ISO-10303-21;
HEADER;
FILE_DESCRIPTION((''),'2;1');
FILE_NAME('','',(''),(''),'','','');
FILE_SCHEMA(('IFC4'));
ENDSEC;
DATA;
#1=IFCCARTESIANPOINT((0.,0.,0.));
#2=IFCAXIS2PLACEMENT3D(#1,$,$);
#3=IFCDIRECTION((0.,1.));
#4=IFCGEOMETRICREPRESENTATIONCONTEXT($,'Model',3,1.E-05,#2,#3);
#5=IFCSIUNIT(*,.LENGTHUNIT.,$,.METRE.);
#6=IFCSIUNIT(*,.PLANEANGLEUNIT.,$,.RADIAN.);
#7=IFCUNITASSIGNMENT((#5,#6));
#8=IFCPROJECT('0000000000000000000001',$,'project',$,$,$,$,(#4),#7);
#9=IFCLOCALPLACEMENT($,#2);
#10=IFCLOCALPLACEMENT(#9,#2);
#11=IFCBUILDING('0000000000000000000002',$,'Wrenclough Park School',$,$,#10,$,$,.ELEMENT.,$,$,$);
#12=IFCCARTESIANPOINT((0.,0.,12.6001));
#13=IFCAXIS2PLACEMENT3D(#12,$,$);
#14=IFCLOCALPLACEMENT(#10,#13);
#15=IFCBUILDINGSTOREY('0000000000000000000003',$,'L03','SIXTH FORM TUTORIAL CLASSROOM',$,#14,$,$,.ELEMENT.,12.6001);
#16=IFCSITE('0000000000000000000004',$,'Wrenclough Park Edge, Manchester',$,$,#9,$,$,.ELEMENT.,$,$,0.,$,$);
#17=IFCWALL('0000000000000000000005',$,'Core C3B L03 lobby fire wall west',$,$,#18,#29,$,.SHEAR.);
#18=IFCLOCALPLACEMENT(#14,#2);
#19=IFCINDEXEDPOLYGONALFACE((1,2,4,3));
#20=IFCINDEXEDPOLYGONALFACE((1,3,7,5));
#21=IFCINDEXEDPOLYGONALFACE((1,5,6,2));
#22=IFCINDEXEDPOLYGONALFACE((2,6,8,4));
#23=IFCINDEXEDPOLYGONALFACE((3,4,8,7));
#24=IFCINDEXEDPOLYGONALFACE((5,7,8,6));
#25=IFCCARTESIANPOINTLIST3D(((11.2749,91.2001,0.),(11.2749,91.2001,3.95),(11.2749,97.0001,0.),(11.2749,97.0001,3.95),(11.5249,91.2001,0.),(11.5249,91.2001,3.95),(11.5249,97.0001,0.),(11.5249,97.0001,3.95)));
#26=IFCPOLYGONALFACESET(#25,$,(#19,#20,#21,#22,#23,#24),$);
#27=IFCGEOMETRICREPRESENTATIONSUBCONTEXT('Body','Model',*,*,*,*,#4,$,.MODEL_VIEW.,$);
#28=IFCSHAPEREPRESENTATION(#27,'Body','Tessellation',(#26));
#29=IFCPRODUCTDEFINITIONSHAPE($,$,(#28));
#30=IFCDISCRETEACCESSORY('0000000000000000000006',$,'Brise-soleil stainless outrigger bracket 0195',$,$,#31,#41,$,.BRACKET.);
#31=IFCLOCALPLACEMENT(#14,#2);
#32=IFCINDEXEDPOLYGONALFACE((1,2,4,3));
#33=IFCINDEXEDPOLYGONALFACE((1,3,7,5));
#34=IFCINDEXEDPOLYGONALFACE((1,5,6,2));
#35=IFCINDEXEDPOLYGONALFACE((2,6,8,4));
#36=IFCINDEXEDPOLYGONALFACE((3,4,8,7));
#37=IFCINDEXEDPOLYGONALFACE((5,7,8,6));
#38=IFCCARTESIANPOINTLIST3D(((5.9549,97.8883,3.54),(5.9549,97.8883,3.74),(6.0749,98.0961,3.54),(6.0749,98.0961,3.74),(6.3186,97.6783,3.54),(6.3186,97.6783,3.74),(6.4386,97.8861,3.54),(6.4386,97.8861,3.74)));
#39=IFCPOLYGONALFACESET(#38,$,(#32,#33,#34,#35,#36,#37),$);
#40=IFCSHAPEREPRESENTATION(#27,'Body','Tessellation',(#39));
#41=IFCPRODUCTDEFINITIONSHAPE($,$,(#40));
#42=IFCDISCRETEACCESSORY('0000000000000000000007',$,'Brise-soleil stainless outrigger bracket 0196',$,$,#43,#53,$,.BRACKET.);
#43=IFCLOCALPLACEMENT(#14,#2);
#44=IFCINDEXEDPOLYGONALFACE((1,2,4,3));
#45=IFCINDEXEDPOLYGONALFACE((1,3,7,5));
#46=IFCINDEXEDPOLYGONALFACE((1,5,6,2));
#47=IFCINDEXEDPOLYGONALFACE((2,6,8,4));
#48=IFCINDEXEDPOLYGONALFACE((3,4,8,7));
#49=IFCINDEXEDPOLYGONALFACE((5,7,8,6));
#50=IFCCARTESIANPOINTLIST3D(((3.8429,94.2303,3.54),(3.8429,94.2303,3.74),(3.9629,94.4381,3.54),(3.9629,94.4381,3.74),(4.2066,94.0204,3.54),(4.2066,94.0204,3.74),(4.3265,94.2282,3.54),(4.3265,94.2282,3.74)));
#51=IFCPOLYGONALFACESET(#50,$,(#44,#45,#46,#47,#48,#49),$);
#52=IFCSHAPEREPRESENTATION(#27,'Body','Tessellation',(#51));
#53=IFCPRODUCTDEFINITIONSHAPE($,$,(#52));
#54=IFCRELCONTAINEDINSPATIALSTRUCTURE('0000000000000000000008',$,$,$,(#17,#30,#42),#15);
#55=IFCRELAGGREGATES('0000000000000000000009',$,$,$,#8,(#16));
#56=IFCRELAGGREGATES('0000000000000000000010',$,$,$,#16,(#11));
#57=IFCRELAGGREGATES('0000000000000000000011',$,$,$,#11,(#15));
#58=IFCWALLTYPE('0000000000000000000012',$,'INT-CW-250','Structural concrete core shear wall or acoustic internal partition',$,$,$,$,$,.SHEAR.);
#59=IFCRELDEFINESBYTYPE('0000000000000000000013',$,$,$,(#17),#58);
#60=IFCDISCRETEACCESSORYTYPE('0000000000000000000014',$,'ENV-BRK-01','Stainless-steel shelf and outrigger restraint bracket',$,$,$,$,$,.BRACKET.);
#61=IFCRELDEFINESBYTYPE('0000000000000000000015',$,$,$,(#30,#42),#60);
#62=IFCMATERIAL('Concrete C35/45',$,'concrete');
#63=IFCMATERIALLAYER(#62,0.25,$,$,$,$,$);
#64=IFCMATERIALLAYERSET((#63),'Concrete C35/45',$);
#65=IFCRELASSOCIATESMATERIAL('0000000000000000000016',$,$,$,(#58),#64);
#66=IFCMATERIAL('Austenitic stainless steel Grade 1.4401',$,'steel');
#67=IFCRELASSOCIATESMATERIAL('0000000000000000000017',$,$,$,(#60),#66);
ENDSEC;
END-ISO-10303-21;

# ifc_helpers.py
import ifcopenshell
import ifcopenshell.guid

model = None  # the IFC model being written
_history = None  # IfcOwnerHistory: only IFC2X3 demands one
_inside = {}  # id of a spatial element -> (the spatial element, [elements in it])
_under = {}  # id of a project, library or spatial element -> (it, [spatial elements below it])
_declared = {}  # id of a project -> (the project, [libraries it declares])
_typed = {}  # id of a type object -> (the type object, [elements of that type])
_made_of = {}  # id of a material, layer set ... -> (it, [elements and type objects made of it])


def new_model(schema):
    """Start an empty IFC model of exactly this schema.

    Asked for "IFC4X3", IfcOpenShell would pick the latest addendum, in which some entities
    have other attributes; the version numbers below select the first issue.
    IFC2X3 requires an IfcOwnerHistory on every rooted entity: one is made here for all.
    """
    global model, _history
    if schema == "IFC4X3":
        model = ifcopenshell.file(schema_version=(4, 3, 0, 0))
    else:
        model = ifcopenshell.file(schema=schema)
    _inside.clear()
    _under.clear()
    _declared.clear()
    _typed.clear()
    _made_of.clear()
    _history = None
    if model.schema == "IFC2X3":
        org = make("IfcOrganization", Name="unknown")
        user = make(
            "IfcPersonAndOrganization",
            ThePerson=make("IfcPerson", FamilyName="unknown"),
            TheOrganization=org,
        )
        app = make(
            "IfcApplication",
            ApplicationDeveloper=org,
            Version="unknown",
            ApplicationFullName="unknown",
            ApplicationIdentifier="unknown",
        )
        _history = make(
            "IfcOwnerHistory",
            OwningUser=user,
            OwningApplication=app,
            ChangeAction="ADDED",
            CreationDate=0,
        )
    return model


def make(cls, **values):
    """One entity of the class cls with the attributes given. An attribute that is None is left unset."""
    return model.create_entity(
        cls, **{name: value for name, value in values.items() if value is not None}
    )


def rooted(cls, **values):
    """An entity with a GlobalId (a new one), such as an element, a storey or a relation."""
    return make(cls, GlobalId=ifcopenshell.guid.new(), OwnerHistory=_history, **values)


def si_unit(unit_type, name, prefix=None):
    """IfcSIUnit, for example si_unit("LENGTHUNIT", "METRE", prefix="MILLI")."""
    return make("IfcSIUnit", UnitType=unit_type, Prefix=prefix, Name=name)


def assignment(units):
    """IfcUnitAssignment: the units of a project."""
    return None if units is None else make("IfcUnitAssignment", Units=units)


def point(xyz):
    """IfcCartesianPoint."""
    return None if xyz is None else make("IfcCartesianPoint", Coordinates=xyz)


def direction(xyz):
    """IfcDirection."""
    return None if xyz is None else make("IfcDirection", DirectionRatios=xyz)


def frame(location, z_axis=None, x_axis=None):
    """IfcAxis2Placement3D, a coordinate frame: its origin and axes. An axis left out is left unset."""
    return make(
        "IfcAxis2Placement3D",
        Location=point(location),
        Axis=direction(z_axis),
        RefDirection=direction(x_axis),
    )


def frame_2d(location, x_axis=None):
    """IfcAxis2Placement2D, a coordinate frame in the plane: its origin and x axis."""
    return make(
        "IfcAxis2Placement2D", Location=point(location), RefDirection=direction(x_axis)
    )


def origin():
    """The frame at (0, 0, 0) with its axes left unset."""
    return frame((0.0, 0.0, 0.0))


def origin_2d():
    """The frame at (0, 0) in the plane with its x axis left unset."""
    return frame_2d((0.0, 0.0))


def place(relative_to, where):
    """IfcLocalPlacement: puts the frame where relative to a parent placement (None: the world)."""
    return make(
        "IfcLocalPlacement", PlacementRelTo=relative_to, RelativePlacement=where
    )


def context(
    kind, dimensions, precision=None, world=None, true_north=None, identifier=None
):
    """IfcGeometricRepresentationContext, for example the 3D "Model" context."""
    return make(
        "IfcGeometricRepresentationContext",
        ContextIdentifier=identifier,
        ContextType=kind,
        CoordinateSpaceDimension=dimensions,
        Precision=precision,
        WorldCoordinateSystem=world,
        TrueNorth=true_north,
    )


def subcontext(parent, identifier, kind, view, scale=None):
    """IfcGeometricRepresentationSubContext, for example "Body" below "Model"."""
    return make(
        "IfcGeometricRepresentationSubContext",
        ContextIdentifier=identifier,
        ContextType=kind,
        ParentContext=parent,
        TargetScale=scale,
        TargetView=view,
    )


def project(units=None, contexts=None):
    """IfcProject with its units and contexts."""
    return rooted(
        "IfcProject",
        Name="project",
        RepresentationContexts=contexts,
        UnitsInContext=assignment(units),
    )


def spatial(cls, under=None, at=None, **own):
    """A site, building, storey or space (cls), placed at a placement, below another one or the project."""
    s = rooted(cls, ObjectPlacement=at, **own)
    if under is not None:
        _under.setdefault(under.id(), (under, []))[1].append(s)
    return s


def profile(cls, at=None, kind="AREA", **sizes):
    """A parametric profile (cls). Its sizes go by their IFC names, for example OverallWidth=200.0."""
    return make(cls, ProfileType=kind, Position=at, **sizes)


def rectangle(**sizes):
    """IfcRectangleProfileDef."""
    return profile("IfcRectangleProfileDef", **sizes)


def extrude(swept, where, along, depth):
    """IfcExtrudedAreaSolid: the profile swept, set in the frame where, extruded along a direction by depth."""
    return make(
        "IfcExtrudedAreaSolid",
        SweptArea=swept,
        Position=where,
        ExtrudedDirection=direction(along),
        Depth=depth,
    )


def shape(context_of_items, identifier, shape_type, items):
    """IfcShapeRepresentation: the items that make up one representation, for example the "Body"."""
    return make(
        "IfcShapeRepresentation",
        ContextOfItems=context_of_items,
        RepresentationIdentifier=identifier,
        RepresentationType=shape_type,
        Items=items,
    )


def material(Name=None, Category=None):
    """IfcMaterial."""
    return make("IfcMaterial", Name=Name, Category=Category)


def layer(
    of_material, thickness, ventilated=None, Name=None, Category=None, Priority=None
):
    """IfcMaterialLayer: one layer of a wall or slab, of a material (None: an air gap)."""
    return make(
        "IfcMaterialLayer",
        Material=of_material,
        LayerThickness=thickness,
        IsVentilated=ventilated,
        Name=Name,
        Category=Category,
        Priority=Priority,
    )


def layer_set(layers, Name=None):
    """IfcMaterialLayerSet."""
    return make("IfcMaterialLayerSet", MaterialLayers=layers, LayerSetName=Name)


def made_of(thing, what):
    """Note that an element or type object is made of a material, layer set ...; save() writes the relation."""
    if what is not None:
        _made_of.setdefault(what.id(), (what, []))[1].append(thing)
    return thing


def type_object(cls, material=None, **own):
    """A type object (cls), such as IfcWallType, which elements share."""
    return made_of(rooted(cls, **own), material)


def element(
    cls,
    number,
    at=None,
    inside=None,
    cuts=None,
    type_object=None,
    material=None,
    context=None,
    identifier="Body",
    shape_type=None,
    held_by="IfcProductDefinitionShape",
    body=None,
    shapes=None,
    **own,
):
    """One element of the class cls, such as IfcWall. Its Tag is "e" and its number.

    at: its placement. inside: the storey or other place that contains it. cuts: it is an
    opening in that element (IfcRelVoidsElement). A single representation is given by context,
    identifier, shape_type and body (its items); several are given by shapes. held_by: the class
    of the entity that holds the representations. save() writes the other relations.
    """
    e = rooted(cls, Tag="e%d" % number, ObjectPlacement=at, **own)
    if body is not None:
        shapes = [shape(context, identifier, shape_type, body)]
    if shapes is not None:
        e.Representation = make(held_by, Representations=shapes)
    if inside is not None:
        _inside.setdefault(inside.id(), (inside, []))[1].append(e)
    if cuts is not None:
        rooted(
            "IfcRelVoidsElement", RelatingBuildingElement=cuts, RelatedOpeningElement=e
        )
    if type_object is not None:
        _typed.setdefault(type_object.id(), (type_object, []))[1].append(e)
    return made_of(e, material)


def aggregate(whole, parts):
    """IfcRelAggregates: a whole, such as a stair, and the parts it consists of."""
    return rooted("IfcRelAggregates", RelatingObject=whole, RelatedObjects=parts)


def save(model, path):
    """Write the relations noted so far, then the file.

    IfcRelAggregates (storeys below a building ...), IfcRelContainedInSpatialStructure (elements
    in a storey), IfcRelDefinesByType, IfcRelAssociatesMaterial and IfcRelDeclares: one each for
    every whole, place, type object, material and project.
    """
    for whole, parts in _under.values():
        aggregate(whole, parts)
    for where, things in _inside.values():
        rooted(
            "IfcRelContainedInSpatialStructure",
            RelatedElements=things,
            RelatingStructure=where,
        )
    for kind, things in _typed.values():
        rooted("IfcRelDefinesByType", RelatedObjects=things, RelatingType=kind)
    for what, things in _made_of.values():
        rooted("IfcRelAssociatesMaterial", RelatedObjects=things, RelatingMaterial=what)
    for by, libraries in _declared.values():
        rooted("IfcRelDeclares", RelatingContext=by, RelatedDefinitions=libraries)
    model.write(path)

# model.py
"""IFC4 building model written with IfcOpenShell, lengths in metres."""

from ifc_helpers import new_model, si_unit, direction, frame, frame_2d, origin, origin_2d, place, context, subcontext, project, spatial, rectangle, extrude, material, layer, layer_set, type_object, element, save


model = new_model("IFC4")

# Units and contexts
model_context = context("Model", 3, precision=1e-05, world=origin(), true_north=direction((0.0, 1.0)))
body_context = subcontext(model_context, "Body", "Model", "MODEL_VIEW")
ifc_project = project(units=[si_unit("LENGTHUNIT", "METRE"), si_unit("PLANEANGLEUNIT", "RADIAN")], contexts=[model_context])

# Site, building, storey
site_placement = place(None, origin())
site = spatial("IfcSite", under=ifc_project, at=site_placement, Name="Wrenclough Park Edge, Manchester", CompositionType="ELEMENT", RefElevation=0.0)
building_placement = place(site_placement, origin())
building = spatial("IfcBuilding", under=site, at=building_placement, Name="Wrenclough Park School", CompositionType="ELEMENT")
storey_placement = place(building_placement, frame((0.0, 0.0, 12.6001)))
storey = spatial("IfcBuildingStorey", under=building, at=storey_placement, Name="L03", Description="SIXTH FORM TUTORIAL CLASSROOM", CompositionType="ELEMENT", Elevation=12.6001)

# Wall
ifc_material_1 = material(Name="Concrete C35/45", Category="concrete")
ifc_layer_1 = layer(ifc_material_1, 0.25)
ifc_layer_set_1 = layer_set([ifc_layer_1], Name="Concrete C35/45")
wall_type_1 = type_object("IfcWallType", Name="INT-CW-250", Description="Structural concrete core shear wall or acoustic internal partition", PredefinedType="SHEAR", material=ifc_layer_set_1)
wall_1_placement = place(storey_placement, frame((11.3999, 97.0, 0.0), z_axis=(0.0, 0.0, 1.0), x_axis=(0.0, -1.0, 0.0)))
element("IfcWall", 1, at=wall_1_placement, inside=storey, type_object=wall_type_1, Name="Core C3B L03 lobby fire wall west", PredefinedType="SHEAR", context=body_context, shape_type="SweptSolid", body=[
    extrude(rectangle(XDim=5.8, YDim=0.25, at=frame_2d((2.8999, 0.0))), origin(), (0.0, 0.0, 1.0), 3.95),
])

# Discrete accessories
ifc_material_2 = material(Name="Austenitic stainless steel Grade 1.4401", Category="steel")
discrete_accessory_type = type_object("IfcDiscreteAccessoryType", Name="ENV-BRK-01", Description="Stainless-steel shelf and outrigger restraint bracket", PredefinedType="BRACKET", material=ifc_material_2)
for number, where, z_axis, x_axis, name in (
    (2, (6.1968, 97.8872, 3.54), (0.0, 0.0, 1.0), (-0.499991, -0.866031, 0.0), "Brise-soleil stainless outrigger bracket 0195"),
    (3, (4.0847, 94.2292, 3.54), (0.0, 0.0, 1.0), (-0.499991, -0.866031, 0.0), "Brise-soleil stainless outrigger bracket 0196"),
):
    element("IfcDiscreteAccessory", number, at=place(storey_placement, frame(where, z_axis=z_axis, x_axis=x_axis)), inside=storey, type_object=discrete_accessory_type, Name=name, PredefinedType="BRACKET", context=body_context, shape_type="SweptSolid", body=[
        extrude(rectangle(XDim=0.24, YDim=0.4199, at=origin_2d()), origin(), (0.0, 0.0, 1.0), 0.2),
    ])

save(model, "model.ifc")
